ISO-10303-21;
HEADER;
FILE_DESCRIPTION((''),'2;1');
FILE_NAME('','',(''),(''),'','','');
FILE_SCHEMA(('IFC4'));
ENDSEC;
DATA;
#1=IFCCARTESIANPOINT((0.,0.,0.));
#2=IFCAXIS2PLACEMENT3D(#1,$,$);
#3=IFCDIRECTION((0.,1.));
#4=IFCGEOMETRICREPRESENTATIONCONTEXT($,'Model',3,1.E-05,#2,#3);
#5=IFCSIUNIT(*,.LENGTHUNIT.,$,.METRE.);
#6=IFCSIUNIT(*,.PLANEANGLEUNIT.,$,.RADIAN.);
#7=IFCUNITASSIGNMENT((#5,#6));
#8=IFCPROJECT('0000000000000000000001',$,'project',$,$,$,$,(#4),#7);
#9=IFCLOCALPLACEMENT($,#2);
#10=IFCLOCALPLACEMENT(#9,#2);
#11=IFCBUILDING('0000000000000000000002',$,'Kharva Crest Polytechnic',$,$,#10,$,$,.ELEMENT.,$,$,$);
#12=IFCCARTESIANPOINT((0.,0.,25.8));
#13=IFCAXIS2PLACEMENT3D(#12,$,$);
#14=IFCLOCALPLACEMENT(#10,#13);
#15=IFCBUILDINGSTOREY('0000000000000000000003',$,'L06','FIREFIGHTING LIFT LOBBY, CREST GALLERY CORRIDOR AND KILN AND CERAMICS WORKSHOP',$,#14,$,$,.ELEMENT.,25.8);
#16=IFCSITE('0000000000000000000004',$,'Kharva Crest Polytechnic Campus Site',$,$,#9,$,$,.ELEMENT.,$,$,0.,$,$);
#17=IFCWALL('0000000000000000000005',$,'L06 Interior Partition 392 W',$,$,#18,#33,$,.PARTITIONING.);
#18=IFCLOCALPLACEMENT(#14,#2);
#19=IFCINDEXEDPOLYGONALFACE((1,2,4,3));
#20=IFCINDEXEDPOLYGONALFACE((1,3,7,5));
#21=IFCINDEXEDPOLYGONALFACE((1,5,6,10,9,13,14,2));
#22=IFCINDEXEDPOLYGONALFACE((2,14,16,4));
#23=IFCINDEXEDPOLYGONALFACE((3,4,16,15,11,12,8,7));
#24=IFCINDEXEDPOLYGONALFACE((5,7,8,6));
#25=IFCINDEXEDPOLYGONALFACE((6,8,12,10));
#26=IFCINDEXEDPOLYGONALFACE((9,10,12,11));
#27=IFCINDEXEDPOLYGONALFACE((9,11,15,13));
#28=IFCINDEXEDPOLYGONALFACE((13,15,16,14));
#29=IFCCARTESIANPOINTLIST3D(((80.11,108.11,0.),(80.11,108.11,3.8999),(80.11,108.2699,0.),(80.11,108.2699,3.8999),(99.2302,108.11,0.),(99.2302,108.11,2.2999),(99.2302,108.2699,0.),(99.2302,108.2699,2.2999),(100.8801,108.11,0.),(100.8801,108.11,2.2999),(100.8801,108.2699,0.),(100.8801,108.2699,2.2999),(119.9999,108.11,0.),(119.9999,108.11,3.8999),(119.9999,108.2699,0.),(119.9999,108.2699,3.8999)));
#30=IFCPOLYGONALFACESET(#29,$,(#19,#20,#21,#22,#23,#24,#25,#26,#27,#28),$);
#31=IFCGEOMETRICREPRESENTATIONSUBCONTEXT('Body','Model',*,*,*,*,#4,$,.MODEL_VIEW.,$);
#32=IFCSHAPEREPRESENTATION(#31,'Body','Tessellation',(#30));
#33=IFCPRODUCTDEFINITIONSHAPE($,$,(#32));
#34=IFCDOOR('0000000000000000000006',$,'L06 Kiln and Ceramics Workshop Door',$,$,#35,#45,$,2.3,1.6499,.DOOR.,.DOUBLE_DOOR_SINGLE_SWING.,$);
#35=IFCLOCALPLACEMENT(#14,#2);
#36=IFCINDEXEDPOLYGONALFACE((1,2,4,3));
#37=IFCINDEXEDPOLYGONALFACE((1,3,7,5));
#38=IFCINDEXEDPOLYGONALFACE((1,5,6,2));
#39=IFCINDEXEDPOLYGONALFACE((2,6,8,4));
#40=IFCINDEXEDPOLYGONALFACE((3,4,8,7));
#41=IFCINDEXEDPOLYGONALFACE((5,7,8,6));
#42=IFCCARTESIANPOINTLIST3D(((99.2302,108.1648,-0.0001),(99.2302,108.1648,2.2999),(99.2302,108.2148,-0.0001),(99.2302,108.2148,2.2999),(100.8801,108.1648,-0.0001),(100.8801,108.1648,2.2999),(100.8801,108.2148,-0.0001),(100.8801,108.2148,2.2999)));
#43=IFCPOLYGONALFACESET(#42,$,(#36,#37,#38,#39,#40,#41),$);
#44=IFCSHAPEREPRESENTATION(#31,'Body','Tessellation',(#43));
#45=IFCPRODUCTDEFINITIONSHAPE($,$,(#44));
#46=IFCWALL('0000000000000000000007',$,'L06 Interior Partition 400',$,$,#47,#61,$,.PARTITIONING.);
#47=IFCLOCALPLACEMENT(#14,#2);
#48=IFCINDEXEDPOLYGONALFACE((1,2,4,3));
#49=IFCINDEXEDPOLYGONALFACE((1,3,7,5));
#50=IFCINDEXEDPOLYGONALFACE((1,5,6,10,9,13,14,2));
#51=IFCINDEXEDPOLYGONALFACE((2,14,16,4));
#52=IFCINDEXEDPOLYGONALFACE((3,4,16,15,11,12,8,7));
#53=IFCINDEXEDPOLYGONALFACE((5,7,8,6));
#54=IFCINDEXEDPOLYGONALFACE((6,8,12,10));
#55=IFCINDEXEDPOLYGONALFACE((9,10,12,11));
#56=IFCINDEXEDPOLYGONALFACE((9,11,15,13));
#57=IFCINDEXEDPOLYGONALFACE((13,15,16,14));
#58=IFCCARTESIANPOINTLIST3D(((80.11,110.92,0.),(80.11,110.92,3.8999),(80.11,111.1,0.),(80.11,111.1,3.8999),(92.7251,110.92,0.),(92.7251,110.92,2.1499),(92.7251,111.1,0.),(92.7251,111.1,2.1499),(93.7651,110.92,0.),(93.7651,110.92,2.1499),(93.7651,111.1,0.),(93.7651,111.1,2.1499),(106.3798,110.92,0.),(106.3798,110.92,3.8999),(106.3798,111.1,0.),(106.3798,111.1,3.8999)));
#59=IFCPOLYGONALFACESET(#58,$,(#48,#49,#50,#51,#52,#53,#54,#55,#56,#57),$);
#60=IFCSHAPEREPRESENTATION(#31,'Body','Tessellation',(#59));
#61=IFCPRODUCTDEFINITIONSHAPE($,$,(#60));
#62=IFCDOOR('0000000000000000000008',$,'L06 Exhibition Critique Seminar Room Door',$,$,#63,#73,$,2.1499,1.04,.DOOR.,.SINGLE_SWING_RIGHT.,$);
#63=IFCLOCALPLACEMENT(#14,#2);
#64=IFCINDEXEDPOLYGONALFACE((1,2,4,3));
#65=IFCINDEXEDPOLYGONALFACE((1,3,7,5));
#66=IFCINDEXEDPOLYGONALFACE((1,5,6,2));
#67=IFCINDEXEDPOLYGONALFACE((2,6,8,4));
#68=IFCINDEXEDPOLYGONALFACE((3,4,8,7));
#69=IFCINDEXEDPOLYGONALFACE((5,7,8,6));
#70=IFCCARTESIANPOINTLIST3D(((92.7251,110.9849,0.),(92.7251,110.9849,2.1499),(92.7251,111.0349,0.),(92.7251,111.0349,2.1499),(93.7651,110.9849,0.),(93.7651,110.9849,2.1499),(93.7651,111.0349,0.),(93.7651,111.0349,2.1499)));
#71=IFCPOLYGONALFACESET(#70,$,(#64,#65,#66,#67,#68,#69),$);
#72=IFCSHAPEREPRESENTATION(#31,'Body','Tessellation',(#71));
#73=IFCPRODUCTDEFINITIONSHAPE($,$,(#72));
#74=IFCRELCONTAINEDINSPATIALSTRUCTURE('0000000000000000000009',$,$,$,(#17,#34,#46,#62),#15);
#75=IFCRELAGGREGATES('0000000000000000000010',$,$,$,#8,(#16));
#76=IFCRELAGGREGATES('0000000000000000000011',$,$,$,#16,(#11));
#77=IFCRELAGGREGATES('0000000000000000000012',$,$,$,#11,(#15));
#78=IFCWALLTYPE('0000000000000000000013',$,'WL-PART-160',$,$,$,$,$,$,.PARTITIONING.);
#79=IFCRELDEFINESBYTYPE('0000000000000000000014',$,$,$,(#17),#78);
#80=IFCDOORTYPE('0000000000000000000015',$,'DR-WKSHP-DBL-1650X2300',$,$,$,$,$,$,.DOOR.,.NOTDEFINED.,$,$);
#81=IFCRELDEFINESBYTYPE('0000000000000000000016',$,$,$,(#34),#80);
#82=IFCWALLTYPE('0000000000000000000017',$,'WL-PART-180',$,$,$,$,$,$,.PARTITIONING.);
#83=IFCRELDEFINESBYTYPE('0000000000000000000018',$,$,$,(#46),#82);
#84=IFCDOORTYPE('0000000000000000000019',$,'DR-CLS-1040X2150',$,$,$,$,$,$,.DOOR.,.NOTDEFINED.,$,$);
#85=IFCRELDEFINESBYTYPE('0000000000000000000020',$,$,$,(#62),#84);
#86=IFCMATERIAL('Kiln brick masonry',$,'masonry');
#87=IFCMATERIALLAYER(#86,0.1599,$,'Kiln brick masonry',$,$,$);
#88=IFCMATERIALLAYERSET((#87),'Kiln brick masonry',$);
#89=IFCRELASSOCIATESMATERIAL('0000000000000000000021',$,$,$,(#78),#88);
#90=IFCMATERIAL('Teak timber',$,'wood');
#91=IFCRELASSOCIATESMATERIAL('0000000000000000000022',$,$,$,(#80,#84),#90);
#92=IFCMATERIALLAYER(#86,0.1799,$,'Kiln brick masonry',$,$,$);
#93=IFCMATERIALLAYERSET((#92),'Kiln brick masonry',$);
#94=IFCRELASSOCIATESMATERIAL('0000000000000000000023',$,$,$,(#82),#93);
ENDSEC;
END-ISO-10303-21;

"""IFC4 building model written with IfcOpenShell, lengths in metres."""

from ifc_helpers import new_model, si_unit, direction, frame, frame_2d, origin, place, context, subcontext, project, spatial, rectangle, extrude, material, layer, layer_set, type_object, element, fill, save


model = new_model("IFC4")

# Units and contexts
model_context = context("Model", 3, precision=1e-05, world=origin(), true_north=direction((0.0, 1.0)))
body_context = subcontext(model_context, "Body", "Model", "MODEL_VIEW")
ifc_project = project(units=[si_unit("LENGTHUNIT", "METRE"), si_unit("PLANEANGLEUNIT", "RADIAN")], contexts=[model_context])

# Site, building, storey
site_placement = place(None, origin())
site = spatial("IfcSite", under=ifc_project, at=site_placement, Name="Kharva Crest Polytechnic Campus Site", CompositionType="ELEMENT", RefElevation=0.0)
building_placement = place(site_placement, origin())
building = spatial("IfcBuilding", under=site, at=building_placement, Name="Kharva Crest Polytechnic", CompositionType="ELEMENT")
storey_placement = place(building_placement, frame((0.0, 0.0, 25.8)))
storey = spatial("IfcBuildingStorey", under=building, at=storey_placement, Name="L06", Description="FIREFIGHTING LIFT LOBBY, CREST GALLERY CORRIDOR AND KILN AND CERAMICS WORKSHOP", CompositionType="ELEMENT", Elevation=25.8)

# Shared definitions
ifc_material_1 = material(Name="Kiln brick masonry", Category="masonry")

# Walls, openings, doors
ifc_layer_1 = layer(ifc_material_1, 0.1599, Name="Kiln brick masonry")
ifc_layer_set_1 = layer_set([ifc_layer_1], Name="Kiln brick masonry")
wall_type_1 = type_object("IfcWallType", Name="WL-PART-160", PredefinedType="PARTITIONING", material=ifc_layer_set_1)
wall_1_placement = place(storey_placement, frame((80.1101, 108.1899, 0.0), z_axis=(0.0, 0.0, 1.0), x_axis=(1.0, 0.0, 0.0)))
wall_1 = element("IfcWall", 1, at=wall_1_placement, inside=storey, type_object=wall_type_1, Name="L06 Interior Partition 392 W", PredefinedType="PARTITIONING", context=body_context, shape_type="SweptSolid", body=[
    extrude(rectangle(XDim=39.8899, YDim=0.1599, at=frame_2d((19.9448, 0.0))), origin(), (0.0, 0.0, 1.0), 3.8999),
])
opening_1_placement = place(wall_1_placement, frame((19.1201, 0.0, 0.0)))
opening_1 = element("IfcOpeningElement", 2, at=opening_1_placement, cuts=wall_1, PredefinedType="OPENING", context=body_context, shape_type="SweptSolid", body=[
    extrude(rectangle(XDim=1.6499, YDim=2.3, at=frame_2d((0.825, 1.1499))), frame((0.0, 0.0898, 0.0), z_axis=(0.0, -1.0, 0.0), x_axis=(1.0, 0.0, 0.0)), (0.0, 0.0, 1.0), 0.1799),
])
ifc_material_2 = material(Name="Teak timber", Category="wood")
door_type_1 = type_object("IfcDoorType", Name="DR-WKSHP-DBL-1650X2300", OperationType="NOTDEFINED", PredefinedType="DOOR", material=ifc_material_2)
door_1_placement = place(opening_1_placement, origin())
door_1 = element("IfcDoor", 3, at=door_1_placement, inside=storey, type_object=door_type_1, Name="L06 Kiln and Ceramics Workshop Door", OperationType="DOUBLE_DOOR_SINGLE_SWING", OverallHeight=2.3, OverallWidth=1.6499, PredefinedType="DOOR", context=body_context, shape_type="SweptSolid", body=[
    extrude(rectangle(XDim=1.6499, YDim=2.3, at=frame_2d((0.825, 1.1499))), frame((0.0, 0.0249, 0.0), z_axis=(0.0, -1.0, 0.0), x_axis=(1.0, 0.0, 0.0)), (0.0, 0.0, 1.0), 0.05),
])
fill(opening_1, door_1)
ifc_layer_2 = layer(ifc_material_1, 0.1799, Name="Kiln brick masonry")
ifc_layer_set_2 = layer_set([ifc_layer_2], Name="Kiln brick masonry")
wall_type_2 = type_object("IfcWallType", Name="WL-PART-180", PredefinedType="PARTITIONING", material=ifc_layer_set_2)
wall_2_placement = place(storey_placement, frame((80.1101, 111.01, 0.0), z_axis=(0.0, 0.0, 1.0), x_axis=(1.0, 0.0, 0.0)))
wall_2 = element("IfcWall", 4, at=wall_2_placement, inside=storey, type_object=wall_type_2, Name="L06 Interior Partition 400", PredefinedType="PARTITIONING", context=body_context, shape_type="SweptSolid", body=[
    extrude(rectangle(XDim=26.2698, YDim=0.1799, at=frame_2d((13.1348, 0.0))), origin(), (0.0, 0.0, 1.0), 3.8999),
])
opening_2_placement = place(wall_2_placement, frame((12.615, 0.0, 0.0)))
opening_2 = element("IfcOpeningElement", 5, at=opening_2_placement, cuts=wall_2, PredefinedType="OPENING", context=body_context, shape_type="SweptSolid", body=[
    extrude(rectangle(XDim=1.04, YDim=2.1499, at=frame_2d((0.52, 1.075))), frame((0.0, 0.0999, 0.0), z_axis=(0.0, -1.0, 0.0), x_axis=(1.0, 0.0, 0.0)), (0.0, 0.0, 1.0), 0.2),
])
door_type_2 = type_object("IfcDoorType", Name="DR-CLS-1040X2150", OperationType="NOTDEFINED", PredefinedType="DOOR", material=ifc_material_2)
door_2_placement = place(opening_2_placement, origin())
door_2 = element("IfcDoor", 6, at=door_2_placement, inside=storey, type_object=door_type_2, Name="L06 Exhibition Critique Seminar Room Door", OperationType="SINGLE_SWING_RIGHT", OverallHeight=2.1499, OverallWidth=1.04, PredefinedType="DOOR", context=body_context, shape_type="SweptSolid", body=[
    extrude(rectangle(XDim=1.04, YDim=2.1499, at=frame_2d((0.52, 1.075))), frame((0.0, 0.0249, 0.0), z_axis=(0.0, -1.0, 0.0), x_axis=(1.0, 0.0, 0.0)), (0.0, 0.0, 1.0), 0.05),
])
fill(opening_2, door_2)

save(model, "model.ifc")
